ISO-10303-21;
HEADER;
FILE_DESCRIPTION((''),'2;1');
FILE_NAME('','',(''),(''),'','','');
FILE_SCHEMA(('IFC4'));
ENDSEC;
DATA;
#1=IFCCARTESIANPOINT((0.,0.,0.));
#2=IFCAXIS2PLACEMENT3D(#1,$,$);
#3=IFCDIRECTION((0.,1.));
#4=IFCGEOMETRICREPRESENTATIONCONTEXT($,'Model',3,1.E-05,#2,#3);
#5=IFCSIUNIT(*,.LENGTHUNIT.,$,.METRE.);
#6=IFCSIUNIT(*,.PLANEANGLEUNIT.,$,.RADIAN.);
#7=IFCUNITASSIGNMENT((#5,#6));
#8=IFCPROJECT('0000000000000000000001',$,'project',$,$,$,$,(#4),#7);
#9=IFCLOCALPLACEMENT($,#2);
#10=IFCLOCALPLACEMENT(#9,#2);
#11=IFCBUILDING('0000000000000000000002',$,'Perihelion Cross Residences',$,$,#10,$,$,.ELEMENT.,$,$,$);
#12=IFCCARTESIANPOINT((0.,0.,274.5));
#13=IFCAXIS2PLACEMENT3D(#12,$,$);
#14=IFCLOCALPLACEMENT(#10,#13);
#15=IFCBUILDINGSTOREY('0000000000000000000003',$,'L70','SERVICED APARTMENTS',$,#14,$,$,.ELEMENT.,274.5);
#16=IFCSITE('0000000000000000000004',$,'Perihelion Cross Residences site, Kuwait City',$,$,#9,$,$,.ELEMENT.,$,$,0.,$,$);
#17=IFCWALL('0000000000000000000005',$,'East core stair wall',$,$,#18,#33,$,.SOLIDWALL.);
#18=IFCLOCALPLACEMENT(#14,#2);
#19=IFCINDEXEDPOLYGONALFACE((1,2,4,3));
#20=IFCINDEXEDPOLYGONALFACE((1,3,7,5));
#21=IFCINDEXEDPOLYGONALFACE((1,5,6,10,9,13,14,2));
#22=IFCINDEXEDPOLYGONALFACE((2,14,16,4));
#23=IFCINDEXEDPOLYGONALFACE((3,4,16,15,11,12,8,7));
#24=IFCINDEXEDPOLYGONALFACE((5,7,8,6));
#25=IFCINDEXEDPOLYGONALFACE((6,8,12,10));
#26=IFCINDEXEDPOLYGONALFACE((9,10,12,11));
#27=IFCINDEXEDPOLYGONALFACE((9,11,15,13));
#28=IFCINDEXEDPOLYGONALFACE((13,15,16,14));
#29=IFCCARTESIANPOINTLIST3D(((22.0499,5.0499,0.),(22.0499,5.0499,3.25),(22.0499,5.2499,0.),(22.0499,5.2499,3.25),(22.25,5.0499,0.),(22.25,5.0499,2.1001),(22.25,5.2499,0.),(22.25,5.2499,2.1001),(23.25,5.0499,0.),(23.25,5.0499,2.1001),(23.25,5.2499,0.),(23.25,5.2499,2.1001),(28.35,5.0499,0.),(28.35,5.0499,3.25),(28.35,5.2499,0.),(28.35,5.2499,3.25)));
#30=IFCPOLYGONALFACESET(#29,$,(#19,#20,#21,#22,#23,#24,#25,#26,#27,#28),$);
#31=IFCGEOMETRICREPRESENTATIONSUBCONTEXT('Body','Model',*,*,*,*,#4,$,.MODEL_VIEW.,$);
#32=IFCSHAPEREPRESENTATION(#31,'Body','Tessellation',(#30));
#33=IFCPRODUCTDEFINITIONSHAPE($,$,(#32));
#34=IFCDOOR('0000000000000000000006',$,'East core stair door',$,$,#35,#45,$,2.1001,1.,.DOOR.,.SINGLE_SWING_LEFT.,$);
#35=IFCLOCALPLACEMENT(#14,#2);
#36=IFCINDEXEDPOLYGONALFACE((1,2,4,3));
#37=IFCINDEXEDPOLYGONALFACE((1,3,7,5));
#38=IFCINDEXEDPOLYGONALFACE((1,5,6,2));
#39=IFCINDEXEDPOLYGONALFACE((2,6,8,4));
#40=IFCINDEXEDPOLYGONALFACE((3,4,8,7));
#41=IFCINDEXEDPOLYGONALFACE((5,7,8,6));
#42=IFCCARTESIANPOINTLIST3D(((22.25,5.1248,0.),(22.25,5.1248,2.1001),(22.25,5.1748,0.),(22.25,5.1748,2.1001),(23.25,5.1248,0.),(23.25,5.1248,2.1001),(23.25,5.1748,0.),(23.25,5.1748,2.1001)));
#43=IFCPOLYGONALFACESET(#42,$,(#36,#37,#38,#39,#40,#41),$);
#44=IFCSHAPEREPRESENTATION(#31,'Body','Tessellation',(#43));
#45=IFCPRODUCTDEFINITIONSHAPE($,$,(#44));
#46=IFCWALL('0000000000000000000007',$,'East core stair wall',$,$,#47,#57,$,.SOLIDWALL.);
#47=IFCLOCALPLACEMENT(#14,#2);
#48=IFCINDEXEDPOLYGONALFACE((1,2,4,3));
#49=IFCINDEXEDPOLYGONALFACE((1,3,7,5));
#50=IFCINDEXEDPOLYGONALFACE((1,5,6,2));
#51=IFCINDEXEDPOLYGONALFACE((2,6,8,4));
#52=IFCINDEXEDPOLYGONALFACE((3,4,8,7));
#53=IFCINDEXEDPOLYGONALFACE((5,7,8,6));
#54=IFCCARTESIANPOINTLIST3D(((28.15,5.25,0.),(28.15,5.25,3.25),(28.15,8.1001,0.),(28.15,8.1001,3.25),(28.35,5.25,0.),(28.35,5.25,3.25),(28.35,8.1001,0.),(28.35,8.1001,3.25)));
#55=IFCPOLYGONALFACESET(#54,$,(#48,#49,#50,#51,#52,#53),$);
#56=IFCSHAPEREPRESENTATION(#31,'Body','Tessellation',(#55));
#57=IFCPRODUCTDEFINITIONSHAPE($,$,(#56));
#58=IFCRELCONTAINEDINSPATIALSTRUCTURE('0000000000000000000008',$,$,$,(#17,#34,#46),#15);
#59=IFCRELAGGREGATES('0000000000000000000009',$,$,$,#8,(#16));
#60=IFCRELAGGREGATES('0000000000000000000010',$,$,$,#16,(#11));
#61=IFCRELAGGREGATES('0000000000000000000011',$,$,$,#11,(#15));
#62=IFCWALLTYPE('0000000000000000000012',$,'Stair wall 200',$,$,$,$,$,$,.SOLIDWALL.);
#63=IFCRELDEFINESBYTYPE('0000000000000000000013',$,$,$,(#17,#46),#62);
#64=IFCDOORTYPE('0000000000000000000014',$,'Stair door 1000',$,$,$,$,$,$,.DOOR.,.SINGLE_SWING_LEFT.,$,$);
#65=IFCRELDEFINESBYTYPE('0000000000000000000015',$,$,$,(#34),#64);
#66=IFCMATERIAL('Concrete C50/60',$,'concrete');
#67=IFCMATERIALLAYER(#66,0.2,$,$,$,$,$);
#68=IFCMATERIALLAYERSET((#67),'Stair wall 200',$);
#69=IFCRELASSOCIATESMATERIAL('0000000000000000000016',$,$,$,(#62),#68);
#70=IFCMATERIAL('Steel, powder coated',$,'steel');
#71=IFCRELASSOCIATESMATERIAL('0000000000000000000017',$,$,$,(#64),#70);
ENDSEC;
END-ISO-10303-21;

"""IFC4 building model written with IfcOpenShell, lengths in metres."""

from ifc_helpers import new_model, si_unit, direction, frame, frame_2d, origin, place, context, subcontext, project, spatial, rectangle, extrude, material, layer, layer_set, type_object, element, fill, save


model = new_model("IFC4")

# Units and contexts
model_context = context("Model", 3, precision=1e-05, world=origin(), true_north=direction((0.0, 1.0)))
body_context = subcontext(model_context, "Body", "Model", "MODEL_VIEW")
ifc_project = project(units=[si_unit("LENGTHUNIT", "METRE"), si_unit("PLANEANGLEUNIT", "RADIAN")], contexts=[model_context])

# Site, building, storey
site_placement = place(None, origin())
site = spatial("IfcSite", under=ifc_project, at=site_placement, Name="Perihelion Cross Residences site, Kuwait City", CompositionType="ELEMENT", RefElevation=0.0)
building_placement = place(site_placement, origin())
building = spatial("IfcBuilding", under=site, at=building_placement, Name="Perihelion Cross Residences", CompositionType="ELEMENT")
storey_placement = place(building_placement, frame((0.0, 0.0, 274.5)))
storey = spatial("IfcBuildingStorey", under=building, at=storey_placement, Name="L70", Description="SERVICED APARTMENTS", CompositionType="ELEMENT", Elevation=274.5)

# Wall, opening, door
ifc_material_1 = material(Name="Concrete C50/60", Category="concrete")
ifc_layer_1 = layer(ifc_material_1, 0.2)
ifc_layer_set_1 = layer_set([ifc_layer_1], Name="Stair wall 200")
wall_type_1 = type_object("IfcWallType", Name="Stair wall 200", PredefinedType="SOLIDWALL", material=ifc_layer_set_1)
wall_1_placement = place(storey_placement, frame((22.05, 5.1499, 0.0), z_axis=(0.0, 0.0, 1.0), x_axis=(1.0, 0.0, 0.0)))
wall_1 = element("IfcWall", 1, at=wall_1_placement, inside=storey, type_object=wall_type_1, Name="East core stair wall", PredefinedType="SOLIDWALL", context=body_context, shape_type="SweptSolid", body=[
    extrude(rectangle(XDim=6.3, YDim=0.2, at=frame_2d((3.1499, 0.0))), origin(), (0.0, 0.0, 1.0), 3.25),
])
opening_1_placement = place(wall_1_placement, frame((0.2, 0.0, 0.0)))
opening_1 = element("IfcOpeningElement", 2, at=opening_1_placement, cuts=wall_1, PredefinedType="OPENING", context=body_context, shape_type="SweptSolid", body=[
    extrude(rectangle(XDim=1.0, YDim=2.1001, at=frame_2d((0.5, 1.05))), frame((0.0, 0.1099, 0.0), z_axis=(0.0, -1.0, 0.0), x_axis=(1.0, 0.0, 0.0)), (0.0, 0.0, 1.0), 0.22),
])
ifc_material_2 = material(Name="Steel, powder coated", Category="steel")
door_type_1 = type_object("IfcDoorType", Name="Stair door 1000", OperationType="SINGLE_SWING_LEFT", PredefinedType="DOOR", material=ifc_material_2)
door_1_placement = place(opening_1_placement, origin())
door_1 = element("IfcDoor", 3, at=door_1_placement, inside=storey, type_object=door_type_1, Name="East core stair door", OperationType="SINGLE_SWING_LEFT", OverallHeight=2.1001, OverallWidth=1.0, PredefinedType="DOOR", context=body_context, shape_type="SweptSolid", body=[
    extrude(rectangle(XDim=1.0, YDim=2.1001, at=frame_2d((0.5, 1.05))), frame((0.0, 0.0249, 0.0), z_axis=(0.0, -1.0, 0.0), x_axis=(1.0, 0.0, 0.0)), (0.0, 0.0, 1.0), 0.05),
])
fill(opening_1, door_1)

# Wall
wall_2_placement = place(storey_placement, frame((28.25, 5.25, 0.0), z_axis=(0.0, 0.0, 1.0), x_axis=(0.0, 1.0, 0.0)))
element("IfcWall", 4, at=wall_2_placement, inside=storey, type_object=wall_type_1, Name="East core stair wall", PredefinedType="SOLIDWALL", context=body_context, shape_type="SweptSolid", body=[
    extrude(rectangle(XDim=2.8501, YDim=0.2, at=frame_2d((1.425, 0.0))), origin(), (0.0, 0.0, 1.0), 3.25),
])

save(model, "model.ifc")
